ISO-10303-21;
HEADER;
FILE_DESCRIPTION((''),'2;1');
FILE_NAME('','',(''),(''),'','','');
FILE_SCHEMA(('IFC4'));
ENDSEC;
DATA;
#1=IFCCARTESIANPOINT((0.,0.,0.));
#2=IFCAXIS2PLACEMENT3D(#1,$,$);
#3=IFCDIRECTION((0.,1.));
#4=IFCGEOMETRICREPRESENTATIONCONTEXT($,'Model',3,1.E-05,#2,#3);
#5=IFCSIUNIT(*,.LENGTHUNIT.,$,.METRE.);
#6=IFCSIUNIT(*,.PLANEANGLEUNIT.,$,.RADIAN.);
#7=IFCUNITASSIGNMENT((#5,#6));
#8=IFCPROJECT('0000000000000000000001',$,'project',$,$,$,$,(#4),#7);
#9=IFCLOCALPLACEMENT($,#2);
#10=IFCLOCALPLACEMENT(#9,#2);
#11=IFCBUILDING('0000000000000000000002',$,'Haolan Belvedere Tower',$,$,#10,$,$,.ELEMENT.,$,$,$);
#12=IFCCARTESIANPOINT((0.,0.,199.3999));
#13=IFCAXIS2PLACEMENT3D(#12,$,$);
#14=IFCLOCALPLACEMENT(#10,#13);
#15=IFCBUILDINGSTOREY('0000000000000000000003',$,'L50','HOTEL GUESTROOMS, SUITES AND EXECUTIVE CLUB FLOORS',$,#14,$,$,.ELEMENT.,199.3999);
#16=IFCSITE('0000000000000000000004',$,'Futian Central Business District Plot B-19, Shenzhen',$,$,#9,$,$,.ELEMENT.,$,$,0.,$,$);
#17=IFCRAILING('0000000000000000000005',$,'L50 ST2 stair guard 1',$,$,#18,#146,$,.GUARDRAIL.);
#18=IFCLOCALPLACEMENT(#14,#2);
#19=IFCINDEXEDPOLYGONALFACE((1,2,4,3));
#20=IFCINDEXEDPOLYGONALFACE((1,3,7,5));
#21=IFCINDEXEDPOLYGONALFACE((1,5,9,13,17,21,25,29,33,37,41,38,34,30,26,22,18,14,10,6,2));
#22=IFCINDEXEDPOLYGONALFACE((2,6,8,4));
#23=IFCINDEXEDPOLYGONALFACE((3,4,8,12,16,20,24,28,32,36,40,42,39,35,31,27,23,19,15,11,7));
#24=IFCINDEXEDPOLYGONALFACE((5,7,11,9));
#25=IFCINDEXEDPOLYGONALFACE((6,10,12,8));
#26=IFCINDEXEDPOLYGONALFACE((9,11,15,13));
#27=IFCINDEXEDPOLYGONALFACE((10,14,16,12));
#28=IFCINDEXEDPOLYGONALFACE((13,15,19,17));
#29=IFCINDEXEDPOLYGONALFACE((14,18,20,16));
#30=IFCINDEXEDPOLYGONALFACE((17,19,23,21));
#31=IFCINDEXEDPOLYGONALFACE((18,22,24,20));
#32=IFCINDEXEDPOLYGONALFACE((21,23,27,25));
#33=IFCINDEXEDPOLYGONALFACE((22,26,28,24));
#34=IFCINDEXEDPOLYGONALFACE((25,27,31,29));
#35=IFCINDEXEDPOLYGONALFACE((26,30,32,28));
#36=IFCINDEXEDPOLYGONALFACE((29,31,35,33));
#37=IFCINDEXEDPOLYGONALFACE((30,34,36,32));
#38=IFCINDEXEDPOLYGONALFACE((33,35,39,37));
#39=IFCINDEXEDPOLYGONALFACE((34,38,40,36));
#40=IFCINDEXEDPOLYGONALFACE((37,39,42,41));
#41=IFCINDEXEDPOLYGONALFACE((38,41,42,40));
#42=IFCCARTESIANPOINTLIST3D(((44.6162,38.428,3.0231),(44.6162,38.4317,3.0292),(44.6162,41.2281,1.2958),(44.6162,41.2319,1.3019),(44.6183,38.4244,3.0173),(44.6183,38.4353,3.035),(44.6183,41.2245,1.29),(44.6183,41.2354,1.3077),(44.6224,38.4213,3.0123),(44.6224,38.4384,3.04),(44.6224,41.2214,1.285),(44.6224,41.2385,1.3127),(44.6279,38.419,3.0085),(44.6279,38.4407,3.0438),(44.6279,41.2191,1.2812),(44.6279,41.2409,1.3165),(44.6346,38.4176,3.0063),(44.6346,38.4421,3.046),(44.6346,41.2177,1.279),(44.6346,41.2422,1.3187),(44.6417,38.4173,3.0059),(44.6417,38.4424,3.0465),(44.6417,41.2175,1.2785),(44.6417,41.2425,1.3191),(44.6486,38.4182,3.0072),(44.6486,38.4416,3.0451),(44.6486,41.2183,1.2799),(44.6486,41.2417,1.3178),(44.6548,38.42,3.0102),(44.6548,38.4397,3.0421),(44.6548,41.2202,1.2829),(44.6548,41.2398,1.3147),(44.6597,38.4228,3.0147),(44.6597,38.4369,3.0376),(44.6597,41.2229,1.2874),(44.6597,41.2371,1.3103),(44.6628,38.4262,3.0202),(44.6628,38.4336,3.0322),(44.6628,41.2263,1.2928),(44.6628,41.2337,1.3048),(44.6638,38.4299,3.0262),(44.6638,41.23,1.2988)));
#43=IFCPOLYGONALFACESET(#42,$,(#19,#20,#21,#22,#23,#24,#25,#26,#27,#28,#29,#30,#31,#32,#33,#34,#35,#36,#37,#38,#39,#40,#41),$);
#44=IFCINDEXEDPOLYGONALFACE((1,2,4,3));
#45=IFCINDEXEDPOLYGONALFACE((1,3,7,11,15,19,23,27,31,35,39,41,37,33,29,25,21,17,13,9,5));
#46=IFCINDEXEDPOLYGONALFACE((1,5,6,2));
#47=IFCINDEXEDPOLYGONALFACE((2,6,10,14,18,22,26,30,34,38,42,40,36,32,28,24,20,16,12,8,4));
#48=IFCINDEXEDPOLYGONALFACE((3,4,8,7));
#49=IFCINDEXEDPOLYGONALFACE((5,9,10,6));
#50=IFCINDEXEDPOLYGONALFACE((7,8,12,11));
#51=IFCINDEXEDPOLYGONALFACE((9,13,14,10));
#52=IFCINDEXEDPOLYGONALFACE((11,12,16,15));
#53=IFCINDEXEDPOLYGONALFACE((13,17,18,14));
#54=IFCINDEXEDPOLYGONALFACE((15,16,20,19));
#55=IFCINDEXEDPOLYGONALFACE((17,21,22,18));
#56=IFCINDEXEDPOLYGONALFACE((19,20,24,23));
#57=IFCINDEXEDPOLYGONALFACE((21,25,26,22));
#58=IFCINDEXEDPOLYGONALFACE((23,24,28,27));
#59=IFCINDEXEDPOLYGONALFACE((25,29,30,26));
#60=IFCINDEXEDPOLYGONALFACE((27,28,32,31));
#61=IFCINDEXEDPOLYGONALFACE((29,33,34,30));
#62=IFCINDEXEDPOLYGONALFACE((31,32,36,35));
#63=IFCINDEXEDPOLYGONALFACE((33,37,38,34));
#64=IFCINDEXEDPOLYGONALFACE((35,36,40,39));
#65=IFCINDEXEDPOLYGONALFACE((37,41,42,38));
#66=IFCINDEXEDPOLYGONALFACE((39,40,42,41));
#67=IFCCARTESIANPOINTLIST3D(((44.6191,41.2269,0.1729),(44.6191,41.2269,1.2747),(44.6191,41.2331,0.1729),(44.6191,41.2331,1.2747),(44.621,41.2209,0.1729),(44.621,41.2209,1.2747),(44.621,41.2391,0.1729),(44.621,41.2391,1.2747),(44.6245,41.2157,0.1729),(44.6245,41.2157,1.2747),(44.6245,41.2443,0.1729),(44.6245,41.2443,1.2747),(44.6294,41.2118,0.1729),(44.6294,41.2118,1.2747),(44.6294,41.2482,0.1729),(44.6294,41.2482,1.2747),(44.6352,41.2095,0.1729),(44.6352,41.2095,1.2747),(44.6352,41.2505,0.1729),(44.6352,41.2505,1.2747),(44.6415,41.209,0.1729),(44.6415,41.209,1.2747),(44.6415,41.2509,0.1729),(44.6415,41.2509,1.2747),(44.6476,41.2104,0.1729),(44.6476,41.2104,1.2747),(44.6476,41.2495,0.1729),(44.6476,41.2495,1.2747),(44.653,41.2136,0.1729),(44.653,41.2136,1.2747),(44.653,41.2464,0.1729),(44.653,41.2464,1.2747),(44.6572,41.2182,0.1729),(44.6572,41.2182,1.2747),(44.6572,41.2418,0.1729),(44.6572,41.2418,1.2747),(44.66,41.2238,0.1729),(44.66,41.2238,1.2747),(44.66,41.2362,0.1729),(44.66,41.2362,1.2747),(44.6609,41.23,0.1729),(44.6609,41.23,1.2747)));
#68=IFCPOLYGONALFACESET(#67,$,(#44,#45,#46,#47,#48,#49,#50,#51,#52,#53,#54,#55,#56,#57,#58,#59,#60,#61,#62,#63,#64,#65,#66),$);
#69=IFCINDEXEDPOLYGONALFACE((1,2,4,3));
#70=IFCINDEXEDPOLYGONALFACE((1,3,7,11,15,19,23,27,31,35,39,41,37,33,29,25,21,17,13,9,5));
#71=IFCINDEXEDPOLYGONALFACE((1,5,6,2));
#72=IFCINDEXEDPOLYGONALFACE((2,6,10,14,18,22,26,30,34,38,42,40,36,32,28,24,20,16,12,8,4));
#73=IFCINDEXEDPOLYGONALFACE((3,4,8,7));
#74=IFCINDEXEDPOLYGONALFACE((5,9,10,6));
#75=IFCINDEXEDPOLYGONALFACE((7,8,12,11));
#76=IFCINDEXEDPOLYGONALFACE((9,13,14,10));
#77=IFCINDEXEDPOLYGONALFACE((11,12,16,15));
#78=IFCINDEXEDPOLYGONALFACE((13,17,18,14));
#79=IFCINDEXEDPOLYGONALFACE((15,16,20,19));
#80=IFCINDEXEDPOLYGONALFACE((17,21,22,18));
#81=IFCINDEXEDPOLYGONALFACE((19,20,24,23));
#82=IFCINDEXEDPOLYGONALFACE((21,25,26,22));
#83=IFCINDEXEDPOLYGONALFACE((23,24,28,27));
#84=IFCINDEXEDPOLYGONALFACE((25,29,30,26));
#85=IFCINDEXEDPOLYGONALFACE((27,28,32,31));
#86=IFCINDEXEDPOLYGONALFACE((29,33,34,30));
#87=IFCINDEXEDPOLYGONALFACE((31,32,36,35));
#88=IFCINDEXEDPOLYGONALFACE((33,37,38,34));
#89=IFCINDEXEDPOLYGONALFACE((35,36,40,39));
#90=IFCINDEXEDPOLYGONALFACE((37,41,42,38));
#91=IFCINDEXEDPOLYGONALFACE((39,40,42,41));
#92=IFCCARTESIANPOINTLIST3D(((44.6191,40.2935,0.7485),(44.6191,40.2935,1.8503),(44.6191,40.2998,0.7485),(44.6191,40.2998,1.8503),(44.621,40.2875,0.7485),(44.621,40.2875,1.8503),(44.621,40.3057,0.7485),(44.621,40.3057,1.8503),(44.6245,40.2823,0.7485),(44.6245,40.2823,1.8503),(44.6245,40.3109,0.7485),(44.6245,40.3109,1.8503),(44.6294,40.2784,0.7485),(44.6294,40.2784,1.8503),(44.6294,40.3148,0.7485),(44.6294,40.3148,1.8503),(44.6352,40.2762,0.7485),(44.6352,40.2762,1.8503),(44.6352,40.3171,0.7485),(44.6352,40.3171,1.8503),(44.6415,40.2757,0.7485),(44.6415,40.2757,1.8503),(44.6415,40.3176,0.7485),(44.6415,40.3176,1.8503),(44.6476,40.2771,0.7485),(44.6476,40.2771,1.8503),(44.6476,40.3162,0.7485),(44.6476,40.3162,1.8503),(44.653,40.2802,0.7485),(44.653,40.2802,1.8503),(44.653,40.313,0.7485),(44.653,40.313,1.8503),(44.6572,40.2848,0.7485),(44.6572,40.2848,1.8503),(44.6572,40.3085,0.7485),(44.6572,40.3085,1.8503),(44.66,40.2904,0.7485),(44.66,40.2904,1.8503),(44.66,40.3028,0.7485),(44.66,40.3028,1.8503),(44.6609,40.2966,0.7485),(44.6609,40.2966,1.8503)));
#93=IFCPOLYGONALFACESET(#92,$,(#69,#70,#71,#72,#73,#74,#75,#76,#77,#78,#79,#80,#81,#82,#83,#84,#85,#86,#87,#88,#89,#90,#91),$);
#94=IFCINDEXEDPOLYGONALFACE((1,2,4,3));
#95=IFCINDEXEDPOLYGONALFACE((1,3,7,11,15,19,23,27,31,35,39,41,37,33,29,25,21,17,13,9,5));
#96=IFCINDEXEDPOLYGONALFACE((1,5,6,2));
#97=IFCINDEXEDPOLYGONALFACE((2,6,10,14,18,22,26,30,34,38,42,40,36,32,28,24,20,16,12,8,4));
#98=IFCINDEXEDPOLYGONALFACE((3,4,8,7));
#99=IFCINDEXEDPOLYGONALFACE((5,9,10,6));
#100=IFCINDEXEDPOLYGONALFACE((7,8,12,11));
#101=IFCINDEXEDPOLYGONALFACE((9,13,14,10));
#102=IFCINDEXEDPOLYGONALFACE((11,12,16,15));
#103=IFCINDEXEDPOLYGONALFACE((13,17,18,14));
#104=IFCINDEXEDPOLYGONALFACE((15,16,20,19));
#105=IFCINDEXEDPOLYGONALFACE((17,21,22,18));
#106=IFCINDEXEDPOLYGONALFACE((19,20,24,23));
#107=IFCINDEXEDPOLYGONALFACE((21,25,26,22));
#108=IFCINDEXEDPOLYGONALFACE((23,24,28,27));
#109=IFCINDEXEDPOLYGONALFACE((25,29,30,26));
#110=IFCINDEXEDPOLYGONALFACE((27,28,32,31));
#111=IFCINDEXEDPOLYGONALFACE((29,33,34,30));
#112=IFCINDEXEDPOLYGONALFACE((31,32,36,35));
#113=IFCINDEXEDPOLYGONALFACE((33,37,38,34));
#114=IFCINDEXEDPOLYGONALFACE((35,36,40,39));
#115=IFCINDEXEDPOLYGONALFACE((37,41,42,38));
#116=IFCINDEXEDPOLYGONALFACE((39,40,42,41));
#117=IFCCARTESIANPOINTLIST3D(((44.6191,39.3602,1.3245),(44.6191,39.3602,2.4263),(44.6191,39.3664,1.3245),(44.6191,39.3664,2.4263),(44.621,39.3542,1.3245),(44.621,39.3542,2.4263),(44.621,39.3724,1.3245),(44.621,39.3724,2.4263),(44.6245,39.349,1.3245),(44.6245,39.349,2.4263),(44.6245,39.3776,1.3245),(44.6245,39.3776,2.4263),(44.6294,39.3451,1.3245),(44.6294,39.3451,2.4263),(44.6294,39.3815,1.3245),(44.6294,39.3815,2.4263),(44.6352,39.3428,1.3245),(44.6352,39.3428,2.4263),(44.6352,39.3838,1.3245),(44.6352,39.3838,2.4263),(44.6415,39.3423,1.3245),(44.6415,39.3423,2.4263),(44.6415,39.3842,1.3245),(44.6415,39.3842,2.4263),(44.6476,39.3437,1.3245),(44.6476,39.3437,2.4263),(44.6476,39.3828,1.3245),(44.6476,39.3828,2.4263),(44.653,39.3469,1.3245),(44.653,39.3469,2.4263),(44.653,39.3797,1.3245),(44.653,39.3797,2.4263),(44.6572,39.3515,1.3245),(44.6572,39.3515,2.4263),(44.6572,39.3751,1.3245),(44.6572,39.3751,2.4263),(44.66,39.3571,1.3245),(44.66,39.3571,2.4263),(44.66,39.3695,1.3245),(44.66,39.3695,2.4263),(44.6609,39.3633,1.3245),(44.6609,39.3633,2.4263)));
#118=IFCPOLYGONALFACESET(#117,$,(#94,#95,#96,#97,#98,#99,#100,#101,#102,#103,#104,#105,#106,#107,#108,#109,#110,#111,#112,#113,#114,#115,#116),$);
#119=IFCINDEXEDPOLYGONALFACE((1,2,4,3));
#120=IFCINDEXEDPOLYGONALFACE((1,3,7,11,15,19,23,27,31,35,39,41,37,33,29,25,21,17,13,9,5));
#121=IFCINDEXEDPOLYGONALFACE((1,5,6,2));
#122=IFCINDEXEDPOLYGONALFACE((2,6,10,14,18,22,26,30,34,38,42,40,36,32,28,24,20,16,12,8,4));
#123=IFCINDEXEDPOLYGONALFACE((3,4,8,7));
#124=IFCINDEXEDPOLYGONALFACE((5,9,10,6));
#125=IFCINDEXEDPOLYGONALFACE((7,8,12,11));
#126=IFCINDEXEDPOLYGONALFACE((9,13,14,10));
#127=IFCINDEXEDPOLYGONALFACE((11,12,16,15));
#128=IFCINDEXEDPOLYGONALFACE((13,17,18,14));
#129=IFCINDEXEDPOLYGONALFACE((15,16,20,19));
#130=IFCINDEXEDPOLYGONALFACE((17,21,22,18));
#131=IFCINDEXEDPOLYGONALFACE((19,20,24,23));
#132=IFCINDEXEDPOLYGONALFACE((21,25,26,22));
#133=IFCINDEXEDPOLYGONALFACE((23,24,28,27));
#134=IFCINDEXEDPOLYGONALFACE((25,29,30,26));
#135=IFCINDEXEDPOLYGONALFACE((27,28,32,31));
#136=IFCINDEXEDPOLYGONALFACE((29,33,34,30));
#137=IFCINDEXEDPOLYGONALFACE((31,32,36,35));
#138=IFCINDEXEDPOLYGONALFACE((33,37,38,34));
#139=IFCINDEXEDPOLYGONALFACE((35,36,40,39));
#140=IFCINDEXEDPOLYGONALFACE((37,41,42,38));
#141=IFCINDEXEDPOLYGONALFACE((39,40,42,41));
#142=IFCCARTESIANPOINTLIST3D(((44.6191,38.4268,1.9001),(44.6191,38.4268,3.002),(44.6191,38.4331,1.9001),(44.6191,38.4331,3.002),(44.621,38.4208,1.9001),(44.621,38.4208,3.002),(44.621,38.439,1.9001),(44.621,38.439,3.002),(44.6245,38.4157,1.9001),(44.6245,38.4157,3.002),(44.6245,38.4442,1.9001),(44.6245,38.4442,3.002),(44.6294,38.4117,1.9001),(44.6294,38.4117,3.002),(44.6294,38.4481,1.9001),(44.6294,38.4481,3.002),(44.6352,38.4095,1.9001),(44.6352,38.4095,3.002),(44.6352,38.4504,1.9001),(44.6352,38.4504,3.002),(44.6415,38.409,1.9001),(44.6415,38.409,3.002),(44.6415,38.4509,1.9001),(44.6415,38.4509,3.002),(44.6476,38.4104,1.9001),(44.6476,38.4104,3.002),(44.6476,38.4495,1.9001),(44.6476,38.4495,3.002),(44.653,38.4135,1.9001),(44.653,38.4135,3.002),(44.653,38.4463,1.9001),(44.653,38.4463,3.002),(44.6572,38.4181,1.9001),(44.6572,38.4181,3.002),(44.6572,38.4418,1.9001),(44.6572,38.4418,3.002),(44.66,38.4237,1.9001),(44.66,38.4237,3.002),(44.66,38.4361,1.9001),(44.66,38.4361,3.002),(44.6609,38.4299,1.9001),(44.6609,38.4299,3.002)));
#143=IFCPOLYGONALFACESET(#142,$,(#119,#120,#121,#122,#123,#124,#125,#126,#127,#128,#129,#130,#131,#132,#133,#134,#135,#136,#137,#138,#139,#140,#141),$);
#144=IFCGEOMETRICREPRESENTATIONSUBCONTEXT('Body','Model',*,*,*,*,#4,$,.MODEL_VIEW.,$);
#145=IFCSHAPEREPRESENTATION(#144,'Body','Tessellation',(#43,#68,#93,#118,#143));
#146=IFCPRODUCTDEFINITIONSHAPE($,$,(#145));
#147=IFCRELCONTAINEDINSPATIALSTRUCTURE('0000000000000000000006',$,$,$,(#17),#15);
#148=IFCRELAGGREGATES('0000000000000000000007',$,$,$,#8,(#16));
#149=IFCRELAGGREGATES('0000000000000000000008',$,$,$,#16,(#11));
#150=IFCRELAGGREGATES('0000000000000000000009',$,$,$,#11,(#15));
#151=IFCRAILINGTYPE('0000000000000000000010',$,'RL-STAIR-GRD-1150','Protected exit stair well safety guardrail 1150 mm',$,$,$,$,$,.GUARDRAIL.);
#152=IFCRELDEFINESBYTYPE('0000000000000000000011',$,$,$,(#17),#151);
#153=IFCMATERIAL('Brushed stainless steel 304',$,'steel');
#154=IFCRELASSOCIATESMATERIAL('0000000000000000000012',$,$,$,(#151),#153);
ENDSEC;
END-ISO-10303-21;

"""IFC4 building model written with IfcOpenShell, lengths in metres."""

from ifc_helpers import new_model, si_unit, direction, frame, origin, origin_2d, place, context, subcontext, project, spatial, circle, extrude, material, type_object, element, save


model = new_model("IFC4")

# Units and contexts
model_context = context("Model", 3, precision=1e-05, world=origin(), true_north=direction((0.0, 1.0)))
body_context = subcontext(model_context, "Body", "Model", "MODEL_VIEW")
ifc_project = project(units=[si_unit("LENGTHUNIT", "METRE"), si_unit("PLANEANGLEUNIT", "RADIAN")], contexts=[model_context])

# Site, building, storey
site_placement = place(None, origin())
site = spatial("IfcSite", under=ifc_project, at=site_placement, Name="Futian Central Business District Plot B-19, Shenzhen", CompositionType="ELEMENT", RefElevation=0.0)
building_placement = place(site_placement, origin())
building = spatial("IfcBuilding", under=site, at=building_placement, Name="Haolan Belvedere Tower", CompositionType="ELEMENT")
storey_placement = place(building_placement, frame((0.0, 0.0, 199.3999)))
storey = spatial("IfcBuildingStorey", under=building, at=storey_placement, Name="L50", Description="HOTEL GUESTROOMS, SUITES AND EXECUTIVE CLUB FLOORS", CompositionType="ELEMENT", Elevation=199.3999)

# Railing
ifc_material_1 = material(Name="Brushed stainless steel 304", Category="steel")
railing_type_1 = type_object("IfcRailingType", Name="RL-STAIR-GRD-1150", Description="Protected exit stair well safety guardrail 1150 mm", PredefinedType="GUARDRAIL", material=ifc_material_1)
railing_1_placement = place(storey_placement, frame((44.6399, 41.23, 0.1729)))
element("IfcRailing", 1, at=railing_1_placement, inside=storey, type_object=railing_type_1, Name="L50 ST2 stair guard 1", PredefinedType="GUARDRAIL", context=body_context, shape_type="SweptSolid", body=[
    extrude(circle(Radius=0.0239, at=origin_2d()), frame((0.0, 0.0, 1.126), z_axis=(0.0, -0.85109, 0.52502), x_axis=(1.0, 0.0, 0.0)), (0.0, 0.0, 1.0), 3.29),
    extrude(circle(Radius=0.021, at=origin_2d()), origin(), (0.0, 0.0, 1.0), 1.1018),
    extrude(circle(Radius=0.021, at=origin_2d()), frame((0.0, -0.9333, 0.5757)), (0.0, 0.0, 1.0), 1.1018),
    extrude(circle(Radius=0.021, at=origin_2d()), frame((0.0, -1.8667, 1.1516)), (0.0, 0.0, 1.0), 1.1018),
    extrude(circle(Radius=0.021, at=origin_2d()), frame((0.0, -2.8, 1.7273)), (0.0, 0.0, 1.0), 1.1018),
])

save(model, "model.ifc")
